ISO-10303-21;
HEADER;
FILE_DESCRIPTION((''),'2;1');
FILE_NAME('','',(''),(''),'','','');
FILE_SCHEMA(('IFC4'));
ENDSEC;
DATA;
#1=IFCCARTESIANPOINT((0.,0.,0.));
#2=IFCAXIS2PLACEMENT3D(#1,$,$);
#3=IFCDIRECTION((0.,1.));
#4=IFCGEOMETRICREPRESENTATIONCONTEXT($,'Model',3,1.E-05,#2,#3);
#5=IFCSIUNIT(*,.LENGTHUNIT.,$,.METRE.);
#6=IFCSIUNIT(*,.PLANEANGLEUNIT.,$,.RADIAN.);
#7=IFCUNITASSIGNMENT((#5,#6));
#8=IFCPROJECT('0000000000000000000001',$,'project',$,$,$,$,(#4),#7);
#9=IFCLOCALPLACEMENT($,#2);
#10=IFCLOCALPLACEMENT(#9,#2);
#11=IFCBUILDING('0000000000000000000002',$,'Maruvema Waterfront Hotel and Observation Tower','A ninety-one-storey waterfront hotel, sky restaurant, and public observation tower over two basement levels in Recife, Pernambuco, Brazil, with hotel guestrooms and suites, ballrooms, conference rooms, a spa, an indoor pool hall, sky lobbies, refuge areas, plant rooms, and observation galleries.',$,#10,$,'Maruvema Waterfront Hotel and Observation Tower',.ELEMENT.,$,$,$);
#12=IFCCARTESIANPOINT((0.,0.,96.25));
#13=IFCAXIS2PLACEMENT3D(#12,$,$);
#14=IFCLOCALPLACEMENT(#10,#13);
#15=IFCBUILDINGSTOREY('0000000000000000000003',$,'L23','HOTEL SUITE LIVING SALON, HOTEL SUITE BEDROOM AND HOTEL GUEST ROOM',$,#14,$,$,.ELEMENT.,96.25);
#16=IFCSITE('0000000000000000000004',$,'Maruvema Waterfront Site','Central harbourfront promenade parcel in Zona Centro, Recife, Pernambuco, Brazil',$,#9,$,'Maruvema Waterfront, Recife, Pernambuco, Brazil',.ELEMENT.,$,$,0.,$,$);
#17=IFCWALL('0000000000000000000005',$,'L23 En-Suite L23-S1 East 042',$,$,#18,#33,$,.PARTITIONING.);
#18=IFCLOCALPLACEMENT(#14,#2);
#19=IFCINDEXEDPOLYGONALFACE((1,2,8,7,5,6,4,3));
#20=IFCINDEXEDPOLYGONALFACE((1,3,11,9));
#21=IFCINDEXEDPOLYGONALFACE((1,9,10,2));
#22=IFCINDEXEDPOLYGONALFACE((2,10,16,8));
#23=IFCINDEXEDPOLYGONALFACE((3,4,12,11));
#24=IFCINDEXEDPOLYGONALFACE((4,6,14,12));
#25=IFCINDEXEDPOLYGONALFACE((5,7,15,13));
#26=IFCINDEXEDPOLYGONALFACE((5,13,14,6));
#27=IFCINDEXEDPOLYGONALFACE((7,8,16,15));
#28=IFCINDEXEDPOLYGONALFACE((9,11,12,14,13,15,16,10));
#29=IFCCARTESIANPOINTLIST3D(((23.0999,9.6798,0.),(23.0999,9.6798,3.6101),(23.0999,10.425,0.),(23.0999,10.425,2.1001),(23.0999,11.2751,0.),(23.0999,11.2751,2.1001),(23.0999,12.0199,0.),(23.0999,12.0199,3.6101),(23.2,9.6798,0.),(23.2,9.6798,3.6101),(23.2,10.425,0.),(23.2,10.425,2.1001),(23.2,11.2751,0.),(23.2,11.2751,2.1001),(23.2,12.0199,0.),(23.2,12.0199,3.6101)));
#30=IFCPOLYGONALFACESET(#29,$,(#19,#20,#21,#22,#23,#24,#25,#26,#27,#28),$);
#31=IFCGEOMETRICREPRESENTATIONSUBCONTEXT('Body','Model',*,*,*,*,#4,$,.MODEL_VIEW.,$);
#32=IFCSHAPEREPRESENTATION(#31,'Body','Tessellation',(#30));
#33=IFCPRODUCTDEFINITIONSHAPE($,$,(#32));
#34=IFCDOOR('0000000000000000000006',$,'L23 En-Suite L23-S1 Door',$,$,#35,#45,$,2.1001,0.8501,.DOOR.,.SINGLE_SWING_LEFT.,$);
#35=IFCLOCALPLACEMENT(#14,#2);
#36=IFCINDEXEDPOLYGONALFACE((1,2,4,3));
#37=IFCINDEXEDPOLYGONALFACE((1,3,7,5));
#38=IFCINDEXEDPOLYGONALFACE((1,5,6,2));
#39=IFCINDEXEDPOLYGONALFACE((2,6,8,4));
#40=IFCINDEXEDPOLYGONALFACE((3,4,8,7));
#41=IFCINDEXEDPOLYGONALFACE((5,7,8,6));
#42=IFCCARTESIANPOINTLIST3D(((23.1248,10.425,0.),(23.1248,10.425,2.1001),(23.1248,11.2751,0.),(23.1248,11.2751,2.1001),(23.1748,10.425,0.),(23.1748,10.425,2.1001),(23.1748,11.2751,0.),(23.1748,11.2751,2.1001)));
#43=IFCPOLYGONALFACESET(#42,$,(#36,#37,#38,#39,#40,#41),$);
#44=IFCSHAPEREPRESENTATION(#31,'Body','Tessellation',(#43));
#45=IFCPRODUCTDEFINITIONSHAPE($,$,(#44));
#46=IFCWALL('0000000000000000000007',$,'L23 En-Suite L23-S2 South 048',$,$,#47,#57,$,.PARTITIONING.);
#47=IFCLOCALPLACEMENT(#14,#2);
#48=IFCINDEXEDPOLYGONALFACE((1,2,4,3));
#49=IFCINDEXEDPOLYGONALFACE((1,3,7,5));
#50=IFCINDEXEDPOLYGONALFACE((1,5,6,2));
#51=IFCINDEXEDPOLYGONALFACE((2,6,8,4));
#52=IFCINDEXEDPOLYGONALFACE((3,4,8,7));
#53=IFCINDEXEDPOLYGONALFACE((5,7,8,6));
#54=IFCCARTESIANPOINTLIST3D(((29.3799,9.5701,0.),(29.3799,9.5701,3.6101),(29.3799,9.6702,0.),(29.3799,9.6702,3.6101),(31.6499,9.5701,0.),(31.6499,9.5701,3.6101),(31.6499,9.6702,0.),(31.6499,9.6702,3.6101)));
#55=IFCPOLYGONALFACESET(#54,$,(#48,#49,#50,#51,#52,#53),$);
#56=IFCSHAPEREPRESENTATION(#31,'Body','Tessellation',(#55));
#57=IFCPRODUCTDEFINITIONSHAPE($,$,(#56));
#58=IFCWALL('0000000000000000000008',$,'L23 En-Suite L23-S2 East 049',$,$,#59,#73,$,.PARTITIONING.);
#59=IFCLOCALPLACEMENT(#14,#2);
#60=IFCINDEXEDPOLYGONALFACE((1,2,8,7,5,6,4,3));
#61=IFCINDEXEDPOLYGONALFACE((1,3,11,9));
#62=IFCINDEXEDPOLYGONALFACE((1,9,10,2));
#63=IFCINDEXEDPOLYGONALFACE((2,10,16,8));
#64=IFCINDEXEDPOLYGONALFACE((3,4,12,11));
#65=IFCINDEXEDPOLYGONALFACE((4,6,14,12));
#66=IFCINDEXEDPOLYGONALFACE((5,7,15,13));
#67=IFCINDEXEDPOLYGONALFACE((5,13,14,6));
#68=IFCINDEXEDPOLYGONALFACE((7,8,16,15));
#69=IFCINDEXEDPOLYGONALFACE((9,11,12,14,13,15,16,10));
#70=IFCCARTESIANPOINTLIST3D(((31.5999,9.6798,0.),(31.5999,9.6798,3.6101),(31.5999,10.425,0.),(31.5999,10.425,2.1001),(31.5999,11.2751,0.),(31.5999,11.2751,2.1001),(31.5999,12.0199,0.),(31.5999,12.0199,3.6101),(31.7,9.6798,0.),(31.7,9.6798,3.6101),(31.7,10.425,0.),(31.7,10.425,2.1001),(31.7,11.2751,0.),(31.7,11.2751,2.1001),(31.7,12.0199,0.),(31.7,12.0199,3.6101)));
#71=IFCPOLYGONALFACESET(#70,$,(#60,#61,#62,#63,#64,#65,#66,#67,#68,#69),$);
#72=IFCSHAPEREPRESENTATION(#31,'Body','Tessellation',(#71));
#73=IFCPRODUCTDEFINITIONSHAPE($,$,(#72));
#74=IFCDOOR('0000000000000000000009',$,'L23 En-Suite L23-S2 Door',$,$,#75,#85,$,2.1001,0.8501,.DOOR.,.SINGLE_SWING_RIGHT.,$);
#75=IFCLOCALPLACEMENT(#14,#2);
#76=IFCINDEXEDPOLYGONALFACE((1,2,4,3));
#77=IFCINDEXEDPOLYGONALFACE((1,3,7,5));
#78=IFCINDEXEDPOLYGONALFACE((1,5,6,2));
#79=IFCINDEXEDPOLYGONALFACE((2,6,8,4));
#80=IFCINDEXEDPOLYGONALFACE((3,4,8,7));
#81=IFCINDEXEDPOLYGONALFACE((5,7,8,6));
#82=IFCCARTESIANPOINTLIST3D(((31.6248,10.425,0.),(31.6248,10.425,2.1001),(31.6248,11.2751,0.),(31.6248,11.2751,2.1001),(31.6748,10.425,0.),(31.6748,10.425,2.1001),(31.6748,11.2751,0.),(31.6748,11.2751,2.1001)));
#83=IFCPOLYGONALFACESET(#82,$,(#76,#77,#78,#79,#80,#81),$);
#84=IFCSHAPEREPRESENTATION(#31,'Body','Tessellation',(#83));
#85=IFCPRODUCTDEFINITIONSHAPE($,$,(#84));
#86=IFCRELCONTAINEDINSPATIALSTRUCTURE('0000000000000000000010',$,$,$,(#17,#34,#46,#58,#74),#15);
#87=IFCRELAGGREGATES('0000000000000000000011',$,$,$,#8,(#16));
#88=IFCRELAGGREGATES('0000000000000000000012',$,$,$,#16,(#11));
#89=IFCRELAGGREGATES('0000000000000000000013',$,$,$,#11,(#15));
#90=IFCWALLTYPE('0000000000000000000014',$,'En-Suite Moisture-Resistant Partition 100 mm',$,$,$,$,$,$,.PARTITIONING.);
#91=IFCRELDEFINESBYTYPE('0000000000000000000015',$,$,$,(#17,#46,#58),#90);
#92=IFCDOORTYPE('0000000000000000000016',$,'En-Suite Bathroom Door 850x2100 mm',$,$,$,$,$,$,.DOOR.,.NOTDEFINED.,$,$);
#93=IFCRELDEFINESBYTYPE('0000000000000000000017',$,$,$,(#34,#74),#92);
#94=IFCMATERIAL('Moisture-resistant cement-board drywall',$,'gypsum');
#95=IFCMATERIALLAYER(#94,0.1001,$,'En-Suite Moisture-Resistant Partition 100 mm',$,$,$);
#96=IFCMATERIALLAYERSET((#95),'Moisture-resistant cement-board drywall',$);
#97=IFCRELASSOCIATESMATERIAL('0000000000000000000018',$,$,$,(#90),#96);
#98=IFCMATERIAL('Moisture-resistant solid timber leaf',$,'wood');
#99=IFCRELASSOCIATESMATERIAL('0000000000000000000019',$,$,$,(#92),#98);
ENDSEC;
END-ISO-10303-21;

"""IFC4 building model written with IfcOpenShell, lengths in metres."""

from ifc_helpers import new_model, si_unit, direction, frame, frame_2d, origin, place, context, subcontext, project, spatial, rectangle, extrude, material, layer, layer_set, type_object, element, fill, save


model = new_model("IFC4")

# Units and contexts
model_context = context("Model", 3, precision=1e-05, world=origin(), true_north=direction((0.0, 1.0)))
body_context = subcontext(model_context, "Body", "Model", "MODEL_VIEW")
ifc_project = project(units=[si_unit("LENGTHUNIT", "METRE"), si_unit("PLANEANGLEUNIT", "RADIAN")], contexts=[model_context])

# Site, building, storey
site_placement = place(None, origin())
site = spatial("IfcSite", under=ifc_project, at=site_placement, Name="Maruvema Waterfront Site", Description="Central harbourfront promenade parcel in Zona Centro, Recife, Pernambuco, Brazil", LongName="Maruvema Waterfront, Recife, Pernambuco, Brazil", CompositionType="ELEMENT", RefElevation=0.0)
building_placement = place(site_placement, origin())
building = spatial("IfcBuilding", under=site, at=building_placement, Name="Maruvema Waterfront Hotel and Observation Tower", Description="A ninety-one-storey waterfront hotel, sky restaurant, and public observation tower over two basement levels in Recife, Pernambuco, Brazil, with hotel guestrooms and suites, ballrooms, conference rooms, a spa, an indoor pool hall, sky lobbies, refuge areas, plant rooms, and observation galleries.", LongName="Maruvema Waterfront Hotel and Observation Tower", CompositionType="ELEMENT")
storey_placement = place(building_placement, frame((0.0, 0.0, 96.25)))
storey = spatial("IfcBuildingStorey", under=building, at=storey_placement, Name="L23", Description="HOTEL SUITE LIVING SALON, HOTEL SUITE BEDROOM AND HOTEL GUEST ROOM", CompositionType="ELEMENT", Elevation=96.25)

# Shared definitions
ifc_material_1 = material(Name="Moisture-resistant cement-board drywall", Category="gypsum")
ifc_layer_1 = layer(ifc_material_1, 0.1001, Name="En-Suite Moisture-Resistant Partition 100 mm")
ifc_layer_set_1 = layer_set([ifc_layer_1], Name="Moisture-resistant cement-board drywall")
wall_type_1 = type_object("IfcWallType", Name="En-Suite Moisture-Resistant Partition 100 mm", PredefinedType="PARTITIONING", material=ifc_layer_set_1)

# Wall, opening, door
wall_1_placement = place(storey_placement, frame((23.1499, 9.6799, 0.0), z_axis=(0.0, 0.0, 1.0), x_axis=(0.0, 1.0, 0.0)))
wall_1 = element("IfcWall", 1, at=wall_1_placement, inside=storey, type_object=wall_type_1, Name="L23 En-Suite L23-S1 East 042", PredefinedType="PARTITIONING", context=body_context, shape_type="SweptSolid", body=[
    extrude(rectangle(XDim=2.3401, YDim=0.1001, at=frame_2d((1.1699, 0.0))), origin(), (0.0, 0.0, 1.0), 3.6101),
])
opening_1_placement = place(wall_1_placement, frame((0.7451, 0.0, 0.0)))
opening_1 = element("IfcOpeningElement", 2, at=opening_1_placement, cuts=wall_1, PredefinedType="OPENING", context=body_context, shape_type="SweptSolid", body=[
    extrude(rectangle(XDim=0.8501, YDim=2.1001, at=frame_2d((0.425, 1.05))), frame((0.0, 0.0601, 0.0), z_axis=(0.0, -1.0, 0.0), x_axis=(1.0, 0.0, 0.0)), (0.0, 0.0, 1.0), 0.1201),
])
ifc_material_2 = material(Name="Moisture-resistant solid timber leaf", Category="wood")
door_type_1 = type_object("IfcDoorType", Name="En-Suite Bathroom Door 850x2100 mm", OperationType="NOTDEFINED", PredefinedType="DOOR", material=ifc_material_2)
door_1_placement = place(opening_1_placement, frame((0.8501, 0.0, 0.0), z_axis=(0.0, 0.0, 1.0), x_axis=(-1.0, 0.0, 0.0)))
door_1 = element("IfcDoor", 3, at=door_1_placement, inside=storey, type_object=door_type_1, Name="L23 En-Suite L23-S1 Door", OperationType="SINGLE_SWING_LEFT", OverallHeight=2.1001, OverallWidth=0.8501, PredefinedType="DOOR", context=body_context, shape_type="SweptSolid", body=[
    extrude(rectangle(XDim=0.8501, YDim=2.1001, at=frame_2d((0.425, 1.05))), frame((0.0, 0.0249, 0.0), z_axis=(0.0, -1.0, 0.0), x_axis=(1.0, 0.0, 0.0)), (0.0, 0.0, 1.0), 0.05),
])
fill(opening_1, door_1)

# Wall
wall_2_placement = place(storey_placement, frame((29.3799, 9.6201, 0.0), z_axis=(0.0, 0.0, 1.0), x_axis=(1.0, 0.0, 0.0)))
element("IfcWall", 4, at=wall_2_placement, inside=storey, type_object=wall_type_1, Name="L23 En-Suite L23-S2 South 048", PredefinedType="PARTITIONING", context=body_context, shape_type="SweptSolid", body=[
    extrude(rectangle(XDim=2.27, YDim=0.1001, at=frame_2d((1.135, 0.0))), origin(), (0.0, 0.0, 1.0), 3.6101),
])

# Wall, opening, door
wall_3_placement = place(storey_placement, frame((31.6499, 9.6799, 0.0), z_axis=(0.0, 0.0, 1.0), x_axis=(0.0, 1.0, 0.0)))
wall_3 = element("IfcWall", 5, at=wall_3_placement, inside=storey, type_object=wall_type_1, Name="L23 En-Suite L23-S2 East 049", PredefinedType="PARTITIONING", context=body_context, shape_type="SweptSolid", body=[
    extrude(rectangle(XDim=2.3401, YDim=0.1001, at=frame_2d((1.1699, 0.0))), origin(), (0.0, 0.0, 1.0), 3.6101),
])
opening_2_placement = place(wall_3_placement, frame((0.7451, 0.0, 0.0)))
opening_2 = element("IfcOpeningElement", 6, at=opening_2_placement, cuts=wall_3, PredefinedType="OPENING", context=body_context, shape_type="SweptSolid", body=[
    extrude(rectangle(XDim=0.8501, YDim=2.1001, at=frame_2d((0.425, 1.05))), frame((0.0, 0.0601, 0.0), z_axis=(0.0, -1.0, 0.0), x_axis=(1.0, 0.0, 0.0)), (0.0, 0.0, 1.0), 0.1201),
])
door_2_placement = place(opening_2_placement, frame((0.8501, 0.0, 0.0), z_axis=(0.0, 0.0, 1.0), x_axis=(-1.0, 0.0, 0.0)))
door_2 = element("IfcDoor", 7, at=door_2_placement, inside=storey, type_object=door_type_1, Name="L23 En-Suite L23-S2 Door", OperationType="SINGLE_SWING_RIGHT", OverallHeight=2.1001, OverallWidth=0.8501, PredefinedType="DOOR", context=body_context, shape_type="SweptSolid", body=[
    extrude(rectangle(XDim=0.8501, YDim=2.1001, at=frame_2d((0.425, 1.05))), frame((0.0, 0.0249, 0.0), z_axis=(0.0, -1.0, 0.0), x_axis=(1.0, 0.0, 0.0)), (0.0, 0.0, 1.0), 0.05),
])
fill(opening_2, door_2)

save(model, "model.ifc")
